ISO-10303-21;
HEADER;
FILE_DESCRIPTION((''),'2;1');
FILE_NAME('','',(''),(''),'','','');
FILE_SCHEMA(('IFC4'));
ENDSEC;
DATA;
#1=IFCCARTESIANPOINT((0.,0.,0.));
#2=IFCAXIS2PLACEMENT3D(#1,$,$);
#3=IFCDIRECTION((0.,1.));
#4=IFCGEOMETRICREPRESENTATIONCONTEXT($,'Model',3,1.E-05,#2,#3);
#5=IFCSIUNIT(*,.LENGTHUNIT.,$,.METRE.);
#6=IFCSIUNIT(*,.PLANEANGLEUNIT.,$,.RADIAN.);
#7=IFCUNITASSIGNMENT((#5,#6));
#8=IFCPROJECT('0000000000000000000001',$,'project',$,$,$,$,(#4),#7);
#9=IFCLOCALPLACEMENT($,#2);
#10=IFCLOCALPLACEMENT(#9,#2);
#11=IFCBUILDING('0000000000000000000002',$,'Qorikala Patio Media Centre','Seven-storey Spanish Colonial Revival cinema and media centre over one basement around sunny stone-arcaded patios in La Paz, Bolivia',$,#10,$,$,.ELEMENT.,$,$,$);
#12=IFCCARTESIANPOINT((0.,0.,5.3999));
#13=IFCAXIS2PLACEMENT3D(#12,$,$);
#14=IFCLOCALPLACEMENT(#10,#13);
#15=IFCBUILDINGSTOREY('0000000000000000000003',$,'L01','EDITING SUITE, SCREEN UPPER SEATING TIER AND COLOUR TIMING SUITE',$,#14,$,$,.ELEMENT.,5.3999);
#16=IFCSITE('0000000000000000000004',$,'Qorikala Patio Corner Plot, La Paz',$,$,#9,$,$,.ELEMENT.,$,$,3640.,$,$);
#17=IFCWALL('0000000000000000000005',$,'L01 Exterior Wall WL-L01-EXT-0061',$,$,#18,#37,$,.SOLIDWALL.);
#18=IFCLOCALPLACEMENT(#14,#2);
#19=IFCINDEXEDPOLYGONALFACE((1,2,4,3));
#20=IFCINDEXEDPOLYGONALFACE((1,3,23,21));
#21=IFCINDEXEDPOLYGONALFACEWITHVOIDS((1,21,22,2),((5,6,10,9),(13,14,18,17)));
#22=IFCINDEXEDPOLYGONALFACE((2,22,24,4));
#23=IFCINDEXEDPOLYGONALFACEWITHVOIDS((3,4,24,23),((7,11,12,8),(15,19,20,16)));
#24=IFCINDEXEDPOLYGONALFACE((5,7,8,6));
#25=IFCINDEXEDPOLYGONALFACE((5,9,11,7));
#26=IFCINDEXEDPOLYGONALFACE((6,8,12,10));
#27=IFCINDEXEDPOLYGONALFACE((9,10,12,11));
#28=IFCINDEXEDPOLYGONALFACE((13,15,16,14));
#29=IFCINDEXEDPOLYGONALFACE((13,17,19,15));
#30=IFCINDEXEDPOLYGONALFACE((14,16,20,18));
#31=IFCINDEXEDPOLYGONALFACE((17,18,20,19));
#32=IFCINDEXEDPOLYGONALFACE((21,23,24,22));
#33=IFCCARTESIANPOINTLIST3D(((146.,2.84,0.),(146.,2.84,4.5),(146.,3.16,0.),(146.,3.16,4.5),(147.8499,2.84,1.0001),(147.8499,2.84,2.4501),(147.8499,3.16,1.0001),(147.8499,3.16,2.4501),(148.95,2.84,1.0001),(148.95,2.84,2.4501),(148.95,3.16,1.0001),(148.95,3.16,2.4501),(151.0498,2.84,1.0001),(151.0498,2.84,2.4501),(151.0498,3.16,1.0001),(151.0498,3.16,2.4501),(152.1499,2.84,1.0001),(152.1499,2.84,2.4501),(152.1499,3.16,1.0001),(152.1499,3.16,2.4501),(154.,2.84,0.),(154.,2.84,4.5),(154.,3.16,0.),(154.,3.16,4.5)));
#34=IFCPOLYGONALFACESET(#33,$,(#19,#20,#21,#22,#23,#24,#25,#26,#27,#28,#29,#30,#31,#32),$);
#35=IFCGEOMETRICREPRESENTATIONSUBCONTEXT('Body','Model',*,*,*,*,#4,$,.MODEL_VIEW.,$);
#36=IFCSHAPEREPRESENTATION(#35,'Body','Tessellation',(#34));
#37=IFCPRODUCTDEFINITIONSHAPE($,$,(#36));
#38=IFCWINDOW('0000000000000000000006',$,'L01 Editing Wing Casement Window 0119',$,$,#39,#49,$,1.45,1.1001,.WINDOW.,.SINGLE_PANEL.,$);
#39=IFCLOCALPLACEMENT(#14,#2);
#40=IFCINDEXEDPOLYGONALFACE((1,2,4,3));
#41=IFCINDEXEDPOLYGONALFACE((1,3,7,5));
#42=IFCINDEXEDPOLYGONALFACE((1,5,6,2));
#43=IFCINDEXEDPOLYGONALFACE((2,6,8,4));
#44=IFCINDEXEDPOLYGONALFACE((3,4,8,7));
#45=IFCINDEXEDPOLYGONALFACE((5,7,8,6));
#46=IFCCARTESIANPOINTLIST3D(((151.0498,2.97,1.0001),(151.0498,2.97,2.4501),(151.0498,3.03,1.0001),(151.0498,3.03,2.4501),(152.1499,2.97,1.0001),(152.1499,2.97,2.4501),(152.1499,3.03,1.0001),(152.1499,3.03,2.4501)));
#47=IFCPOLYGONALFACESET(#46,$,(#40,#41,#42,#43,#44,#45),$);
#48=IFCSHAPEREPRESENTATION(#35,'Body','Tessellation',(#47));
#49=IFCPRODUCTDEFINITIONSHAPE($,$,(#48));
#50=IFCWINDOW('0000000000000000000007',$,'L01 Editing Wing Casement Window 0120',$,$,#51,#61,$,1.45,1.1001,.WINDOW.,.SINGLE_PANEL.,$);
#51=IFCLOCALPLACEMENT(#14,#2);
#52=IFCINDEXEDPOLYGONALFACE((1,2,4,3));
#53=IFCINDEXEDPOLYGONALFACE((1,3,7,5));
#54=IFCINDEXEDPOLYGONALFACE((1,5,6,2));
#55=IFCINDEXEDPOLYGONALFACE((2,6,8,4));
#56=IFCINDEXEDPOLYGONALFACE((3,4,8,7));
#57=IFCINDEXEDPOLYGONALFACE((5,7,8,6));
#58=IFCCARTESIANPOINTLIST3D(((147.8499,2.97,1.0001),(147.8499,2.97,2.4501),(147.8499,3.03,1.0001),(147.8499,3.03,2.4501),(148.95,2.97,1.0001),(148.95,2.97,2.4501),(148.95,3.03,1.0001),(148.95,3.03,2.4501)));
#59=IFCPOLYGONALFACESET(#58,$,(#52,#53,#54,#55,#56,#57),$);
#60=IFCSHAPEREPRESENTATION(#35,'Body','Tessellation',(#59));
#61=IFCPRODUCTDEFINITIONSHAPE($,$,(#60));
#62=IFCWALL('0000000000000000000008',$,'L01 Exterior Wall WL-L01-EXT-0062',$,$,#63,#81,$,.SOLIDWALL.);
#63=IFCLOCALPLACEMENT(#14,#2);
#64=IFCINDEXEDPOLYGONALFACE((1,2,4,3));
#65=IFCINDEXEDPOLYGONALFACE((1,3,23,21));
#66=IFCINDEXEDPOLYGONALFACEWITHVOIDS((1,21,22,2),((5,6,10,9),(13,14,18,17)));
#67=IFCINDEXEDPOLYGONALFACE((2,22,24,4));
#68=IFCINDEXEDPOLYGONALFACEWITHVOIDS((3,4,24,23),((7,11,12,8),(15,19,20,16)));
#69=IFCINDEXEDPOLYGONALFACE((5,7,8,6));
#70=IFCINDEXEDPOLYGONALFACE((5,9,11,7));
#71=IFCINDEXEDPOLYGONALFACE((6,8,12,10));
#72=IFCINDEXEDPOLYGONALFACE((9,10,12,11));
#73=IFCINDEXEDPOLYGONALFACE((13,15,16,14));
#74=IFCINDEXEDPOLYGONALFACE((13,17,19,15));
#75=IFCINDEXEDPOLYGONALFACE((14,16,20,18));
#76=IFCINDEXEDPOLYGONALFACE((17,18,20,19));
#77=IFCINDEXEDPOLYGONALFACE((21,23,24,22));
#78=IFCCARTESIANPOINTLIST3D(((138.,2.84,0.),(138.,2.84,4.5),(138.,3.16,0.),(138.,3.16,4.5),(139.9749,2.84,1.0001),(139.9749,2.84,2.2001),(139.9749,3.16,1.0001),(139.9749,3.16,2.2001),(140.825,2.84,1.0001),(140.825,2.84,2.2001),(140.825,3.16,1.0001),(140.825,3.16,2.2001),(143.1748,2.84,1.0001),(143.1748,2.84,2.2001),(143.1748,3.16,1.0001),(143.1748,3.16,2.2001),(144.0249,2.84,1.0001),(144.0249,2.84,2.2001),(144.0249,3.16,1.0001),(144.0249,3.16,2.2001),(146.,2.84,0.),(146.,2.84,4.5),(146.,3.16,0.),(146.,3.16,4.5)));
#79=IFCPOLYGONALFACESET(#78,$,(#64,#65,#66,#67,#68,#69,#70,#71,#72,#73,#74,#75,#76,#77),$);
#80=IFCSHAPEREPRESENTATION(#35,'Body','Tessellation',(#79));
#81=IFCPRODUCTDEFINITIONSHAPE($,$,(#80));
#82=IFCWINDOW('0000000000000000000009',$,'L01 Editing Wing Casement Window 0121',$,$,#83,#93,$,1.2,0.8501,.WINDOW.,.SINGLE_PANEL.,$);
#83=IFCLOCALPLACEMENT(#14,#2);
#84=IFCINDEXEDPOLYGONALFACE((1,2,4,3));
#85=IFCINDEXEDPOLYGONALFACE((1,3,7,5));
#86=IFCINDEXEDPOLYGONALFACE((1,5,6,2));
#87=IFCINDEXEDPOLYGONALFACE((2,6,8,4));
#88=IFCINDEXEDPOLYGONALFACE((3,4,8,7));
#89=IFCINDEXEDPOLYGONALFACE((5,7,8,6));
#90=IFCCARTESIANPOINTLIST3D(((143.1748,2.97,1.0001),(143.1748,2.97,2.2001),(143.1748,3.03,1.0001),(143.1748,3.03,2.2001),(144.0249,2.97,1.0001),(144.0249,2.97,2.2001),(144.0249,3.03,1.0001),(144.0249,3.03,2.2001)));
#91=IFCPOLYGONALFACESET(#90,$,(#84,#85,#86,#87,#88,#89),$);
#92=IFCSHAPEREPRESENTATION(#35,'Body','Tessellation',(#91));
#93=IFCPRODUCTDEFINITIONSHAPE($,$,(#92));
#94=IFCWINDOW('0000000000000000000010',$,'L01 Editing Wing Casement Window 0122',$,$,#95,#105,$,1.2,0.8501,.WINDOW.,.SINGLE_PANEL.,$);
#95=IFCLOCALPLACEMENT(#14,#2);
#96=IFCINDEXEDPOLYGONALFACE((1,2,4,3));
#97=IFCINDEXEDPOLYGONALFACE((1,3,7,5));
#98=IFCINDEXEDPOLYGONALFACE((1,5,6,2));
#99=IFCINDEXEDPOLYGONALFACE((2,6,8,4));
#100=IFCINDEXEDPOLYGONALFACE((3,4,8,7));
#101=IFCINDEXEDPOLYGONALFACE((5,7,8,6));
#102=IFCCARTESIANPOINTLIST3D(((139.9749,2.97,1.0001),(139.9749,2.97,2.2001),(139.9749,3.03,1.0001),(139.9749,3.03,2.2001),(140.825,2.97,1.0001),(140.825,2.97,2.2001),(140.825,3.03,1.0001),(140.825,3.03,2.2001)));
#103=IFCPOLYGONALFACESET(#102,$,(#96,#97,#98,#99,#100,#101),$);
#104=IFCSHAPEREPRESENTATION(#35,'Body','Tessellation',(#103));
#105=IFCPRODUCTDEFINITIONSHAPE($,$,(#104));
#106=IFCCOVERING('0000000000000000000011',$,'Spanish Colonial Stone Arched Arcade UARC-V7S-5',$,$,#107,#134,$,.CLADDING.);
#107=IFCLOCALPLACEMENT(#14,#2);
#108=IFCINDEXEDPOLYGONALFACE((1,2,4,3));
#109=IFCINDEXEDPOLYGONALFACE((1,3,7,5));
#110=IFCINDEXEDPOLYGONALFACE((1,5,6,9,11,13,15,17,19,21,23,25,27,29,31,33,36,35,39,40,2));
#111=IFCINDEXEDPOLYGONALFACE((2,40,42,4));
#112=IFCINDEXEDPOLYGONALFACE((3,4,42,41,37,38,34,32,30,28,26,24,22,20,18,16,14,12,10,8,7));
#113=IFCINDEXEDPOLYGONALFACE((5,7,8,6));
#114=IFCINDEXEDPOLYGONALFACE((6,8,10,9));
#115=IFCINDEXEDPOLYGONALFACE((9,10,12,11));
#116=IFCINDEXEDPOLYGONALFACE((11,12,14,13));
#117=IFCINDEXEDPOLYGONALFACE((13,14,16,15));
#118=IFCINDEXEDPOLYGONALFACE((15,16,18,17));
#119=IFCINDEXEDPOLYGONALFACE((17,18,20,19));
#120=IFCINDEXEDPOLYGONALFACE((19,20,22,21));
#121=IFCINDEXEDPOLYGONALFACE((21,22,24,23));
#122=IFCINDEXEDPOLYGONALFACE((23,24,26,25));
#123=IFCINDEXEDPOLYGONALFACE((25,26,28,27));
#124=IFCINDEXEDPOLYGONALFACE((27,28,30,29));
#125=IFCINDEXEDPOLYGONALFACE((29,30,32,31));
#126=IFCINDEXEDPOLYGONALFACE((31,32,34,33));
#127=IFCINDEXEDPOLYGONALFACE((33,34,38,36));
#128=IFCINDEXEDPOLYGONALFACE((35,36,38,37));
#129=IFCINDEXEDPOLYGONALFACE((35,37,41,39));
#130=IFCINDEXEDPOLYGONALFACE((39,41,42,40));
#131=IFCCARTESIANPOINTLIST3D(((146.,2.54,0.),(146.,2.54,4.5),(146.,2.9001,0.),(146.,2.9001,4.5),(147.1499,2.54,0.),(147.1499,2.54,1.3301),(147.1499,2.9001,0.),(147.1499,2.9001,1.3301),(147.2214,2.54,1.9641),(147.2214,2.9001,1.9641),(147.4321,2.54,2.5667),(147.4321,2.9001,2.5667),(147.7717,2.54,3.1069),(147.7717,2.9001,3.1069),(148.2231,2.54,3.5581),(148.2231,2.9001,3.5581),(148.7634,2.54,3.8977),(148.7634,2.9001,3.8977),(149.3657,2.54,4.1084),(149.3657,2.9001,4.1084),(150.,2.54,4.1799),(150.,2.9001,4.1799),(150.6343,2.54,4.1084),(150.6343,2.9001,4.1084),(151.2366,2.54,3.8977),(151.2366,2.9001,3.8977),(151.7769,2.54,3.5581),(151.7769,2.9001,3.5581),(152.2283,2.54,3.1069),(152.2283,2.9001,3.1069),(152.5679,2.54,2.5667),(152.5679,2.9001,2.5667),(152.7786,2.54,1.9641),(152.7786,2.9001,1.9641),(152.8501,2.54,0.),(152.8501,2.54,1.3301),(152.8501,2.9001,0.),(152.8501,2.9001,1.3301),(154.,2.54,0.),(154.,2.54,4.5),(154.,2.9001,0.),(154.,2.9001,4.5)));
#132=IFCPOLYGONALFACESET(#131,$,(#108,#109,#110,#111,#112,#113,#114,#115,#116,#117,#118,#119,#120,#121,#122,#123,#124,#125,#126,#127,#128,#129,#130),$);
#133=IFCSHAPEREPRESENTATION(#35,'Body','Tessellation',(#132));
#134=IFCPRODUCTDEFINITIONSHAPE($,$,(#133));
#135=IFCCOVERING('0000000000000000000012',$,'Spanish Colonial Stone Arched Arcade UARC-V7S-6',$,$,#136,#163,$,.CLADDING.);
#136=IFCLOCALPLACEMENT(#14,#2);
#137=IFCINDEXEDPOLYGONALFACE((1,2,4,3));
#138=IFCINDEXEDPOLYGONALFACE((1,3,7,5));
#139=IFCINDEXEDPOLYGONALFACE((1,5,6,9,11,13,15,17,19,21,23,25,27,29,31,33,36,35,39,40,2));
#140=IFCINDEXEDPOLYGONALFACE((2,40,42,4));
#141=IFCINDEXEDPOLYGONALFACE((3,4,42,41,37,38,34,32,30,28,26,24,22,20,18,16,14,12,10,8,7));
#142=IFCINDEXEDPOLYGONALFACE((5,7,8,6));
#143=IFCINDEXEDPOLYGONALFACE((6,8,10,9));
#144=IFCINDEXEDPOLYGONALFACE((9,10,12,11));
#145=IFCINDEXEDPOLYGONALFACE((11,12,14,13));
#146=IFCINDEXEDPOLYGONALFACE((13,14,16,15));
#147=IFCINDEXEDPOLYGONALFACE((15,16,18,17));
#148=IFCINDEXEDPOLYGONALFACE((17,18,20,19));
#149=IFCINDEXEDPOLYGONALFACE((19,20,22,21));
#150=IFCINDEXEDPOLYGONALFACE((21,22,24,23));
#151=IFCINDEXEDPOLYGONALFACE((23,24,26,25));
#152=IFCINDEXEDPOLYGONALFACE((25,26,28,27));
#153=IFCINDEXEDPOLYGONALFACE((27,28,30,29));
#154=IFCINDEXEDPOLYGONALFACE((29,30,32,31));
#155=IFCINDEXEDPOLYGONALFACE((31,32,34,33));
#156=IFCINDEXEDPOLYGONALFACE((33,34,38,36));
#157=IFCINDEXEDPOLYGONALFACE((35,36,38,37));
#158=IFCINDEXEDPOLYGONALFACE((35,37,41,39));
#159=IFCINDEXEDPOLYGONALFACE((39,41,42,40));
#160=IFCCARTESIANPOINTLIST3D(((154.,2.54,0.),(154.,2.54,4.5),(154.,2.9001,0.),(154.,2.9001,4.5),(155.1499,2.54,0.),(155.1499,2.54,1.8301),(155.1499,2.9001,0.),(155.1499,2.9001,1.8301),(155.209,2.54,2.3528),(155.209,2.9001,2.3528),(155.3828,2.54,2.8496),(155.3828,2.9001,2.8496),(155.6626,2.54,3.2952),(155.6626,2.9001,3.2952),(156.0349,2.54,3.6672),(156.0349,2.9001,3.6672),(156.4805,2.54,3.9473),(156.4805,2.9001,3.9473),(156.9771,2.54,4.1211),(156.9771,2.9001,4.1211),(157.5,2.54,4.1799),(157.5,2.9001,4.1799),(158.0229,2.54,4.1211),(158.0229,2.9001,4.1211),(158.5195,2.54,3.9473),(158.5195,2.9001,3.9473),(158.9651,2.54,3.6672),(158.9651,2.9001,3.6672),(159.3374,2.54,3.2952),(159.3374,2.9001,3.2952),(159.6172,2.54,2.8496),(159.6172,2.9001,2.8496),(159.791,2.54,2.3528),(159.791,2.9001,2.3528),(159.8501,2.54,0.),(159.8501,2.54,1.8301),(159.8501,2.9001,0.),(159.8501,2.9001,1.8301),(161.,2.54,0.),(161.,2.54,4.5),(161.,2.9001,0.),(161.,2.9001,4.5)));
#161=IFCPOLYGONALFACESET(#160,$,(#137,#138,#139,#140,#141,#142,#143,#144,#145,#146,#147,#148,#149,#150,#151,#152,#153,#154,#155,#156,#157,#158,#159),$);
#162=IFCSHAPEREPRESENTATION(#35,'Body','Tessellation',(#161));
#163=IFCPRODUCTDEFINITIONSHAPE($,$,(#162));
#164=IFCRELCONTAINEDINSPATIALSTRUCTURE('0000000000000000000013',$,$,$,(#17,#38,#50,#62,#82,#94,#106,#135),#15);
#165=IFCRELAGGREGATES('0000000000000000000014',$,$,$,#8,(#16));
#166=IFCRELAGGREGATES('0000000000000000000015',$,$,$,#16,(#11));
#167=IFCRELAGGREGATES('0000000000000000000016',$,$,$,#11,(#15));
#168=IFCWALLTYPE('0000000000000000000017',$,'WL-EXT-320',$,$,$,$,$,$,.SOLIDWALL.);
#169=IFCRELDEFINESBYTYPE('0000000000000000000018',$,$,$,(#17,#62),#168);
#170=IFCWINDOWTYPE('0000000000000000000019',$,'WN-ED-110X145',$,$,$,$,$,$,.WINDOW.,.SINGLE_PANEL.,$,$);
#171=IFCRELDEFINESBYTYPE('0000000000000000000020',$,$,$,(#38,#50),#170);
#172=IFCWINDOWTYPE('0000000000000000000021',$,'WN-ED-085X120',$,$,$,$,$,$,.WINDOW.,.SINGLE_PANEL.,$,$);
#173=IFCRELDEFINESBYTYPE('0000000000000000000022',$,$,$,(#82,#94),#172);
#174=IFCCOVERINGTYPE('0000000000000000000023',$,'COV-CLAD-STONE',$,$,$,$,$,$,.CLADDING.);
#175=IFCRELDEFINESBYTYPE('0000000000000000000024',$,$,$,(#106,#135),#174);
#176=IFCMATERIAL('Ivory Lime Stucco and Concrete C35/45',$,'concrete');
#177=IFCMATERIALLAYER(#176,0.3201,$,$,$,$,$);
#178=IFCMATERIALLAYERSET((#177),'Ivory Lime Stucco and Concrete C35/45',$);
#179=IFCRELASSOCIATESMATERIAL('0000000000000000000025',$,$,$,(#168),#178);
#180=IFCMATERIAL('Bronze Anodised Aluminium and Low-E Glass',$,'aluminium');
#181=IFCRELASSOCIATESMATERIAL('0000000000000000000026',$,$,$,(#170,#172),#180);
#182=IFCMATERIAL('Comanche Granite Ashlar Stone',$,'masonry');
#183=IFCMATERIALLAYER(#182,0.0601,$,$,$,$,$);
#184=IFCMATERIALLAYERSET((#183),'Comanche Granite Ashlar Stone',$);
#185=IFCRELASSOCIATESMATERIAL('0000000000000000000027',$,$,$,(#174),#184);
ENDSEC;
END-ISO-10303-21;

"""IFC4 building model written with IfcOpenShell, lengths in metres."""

from ifc_helpers import new_model, si_unit, direction, frame, frame_2d, origin, place, context, subcontext, project, spatial, polyline, rectangle, outline, extrude, material, layer, layer_set, type_object, element, fill, save


model = new_model("IFC4")

# Units and contexts
model_context = context("Model", 3, precision=1e-05, world=origin(), true_north=direction((0.0, 1.0)))
body_context = subcontext(model_context, "Body", "Model", "MODEL_VIEW")
ifc_project = project(units=[si_unit("LENGTHUNIT", "METRE"), si_unit("PLANEANGLEUNIT", "RADIAN")], contexts=[model_context])

# Site, building, storey
site_placement = place(None, origin())
site = spatial("IfcSite", under=ifc_project, at=site_placement, Name="Qorikala Patio Corner Plot, La Paz", CompositionType="ELEMENT", RefElevation=3640.0)
building_placement = place(site_placement, origin())
building = spatial("IfcBuilding", under=site, at=building_placement, Name="Qorikala Patio Media Centre", Description="Seven-storey Spanish Colonial Revival cinema and media centre over one basement around sunny stone-arcaded patios in La Paz, Bolivia", CompositionType="ELEMENT")
storey_placement = place(building_placement, frame((0.0, 0.0, 5.3999)))
storey = spatial("IfcBuildingStorey", under=building, at=storey_placement, Name="L01", Description="EDITING SUITE, SCREEN UPPER SEATING TIER AND COLOUR TIMING SUITE", CompositionType="ELEMENT", Elevation=5.3999)

# Walls, openings, windows
ifc_material_1 = material(Name="Ivory Lime Stucco and Concrete C35/45", Category="concrete")
ifc_layer_1 = layer(ifc_material_1, 0.3201)
ifc_layer_set_1 = layer_set([ifc_layer_1], Name="Ivory Lime Stucco and Concrete C35/45")
wall_type = type_object("IfcWallType", Name="WL-EXT-320", PredefinedType="SOLIDWALL", material=ifc_layer_set_1)
wall_1_placement = place(storey_placement, frame((154.0, 3.0, 0.0), z_axis=(0.0, 0.0, 1.0), x_axis=(-1.0, 0.0, 0.0)))
wall_1 = element("IfcWall", 1, at=wall_1_placement, inside=storey, type_object=wall_type, Name="L01 Exterior Wall WL-L01-EXT-0061", PredefinedType="SOLIDWALL", context=body_context, shape_type="SweptSolid", body=[
    extrude(rectangle(XDim=8.0, YDim=0.3201, at=frame_2d((4.0, 0.0))), origin(), (0.0, 0.0, 1.0), 4.5),
])
opening_1_placement = place(wall_1_placement, frame((1.8501, 0.0, 1.0)))
opening_1 = element("IfcOpeningElement", 2, at=opening_1_placement, cuts=wall_1, PredefinedType="OPENING", context=body_context, shape_type="SweptSolid", body=[
    extrude(rectangle(XDim=1.1001, YDim=1.45, at=frame_2d((0.55, 0.7251))), frame((0.0, 0.1699, 0.0), z_axis=(0.0, -1.0, 0.0), x_axis=(1.0, 0.0, 0.0)), (0.0, 0.0, 1.0), 0.3401),
])
opening_2_placement = place(wall_1_placement, frame((5.05, 0.0, 1.0)))
opening_2 = element("IfcOpeningElement", 3, at=opening_2_placement, cuts=wall_1, PredefinedType="OPENING", context=body_context, shape_type="SweptSolid", body=[
    extrude(rectangle(XDim=1.1001, YDim=1.45, at=frame_2d((0.55, 0.7251))), frame((0.0, 0.1699, 0.0), z_axis=(0.0, -1.0, 0.0), x_axis=(1.0, 0.0, 0.0)), (0.0, 0.0, 1.0), 0.3401),
])
ifc_material_2 = material(Name="Bronze Anodised Aluminium and Low-E Glass", Category="aluminium")
window_type_1 = type_object("IfcWindowType", Name="WN-ED-110X145", PartitioningType="SINGLE_PANEL", PredefinedType="WINDOW", material=ifc_material_2)
window_1_placement = place(opening_1_placement, origin())
window_1 = element("IfcWindow", 4, at=window_1_placement, inside=storey, type_object=window_type_1, Name="L01 Editing Wing Casement Window 0119", OverallHeight=1.45, OverallWidth=1.1001, PartitioningType="SINGLE_PANEL", PredefinedType="WINDOW", context=body_context, shape_type="SweptSolid", body=[
    extrude(rectangle(XDim=1.1001, YDim=1.45, at=frame_2d((0.55, 0.7251))), frame((0.0, 0.03, 0.0), z_axis=(0.0, -1.0, 0.0), x_axis=(1.0, 0.0, 0.0)), (0.0, 0.0, 1.0), 0.0601),
])
fill(opening_1, window_1)
window_2_placement = place(opening_2_placement, origin())
window_2 = element("IfcWindow", 5, at=window_2_placement, inside=storey, type_object=window_type_1, Name="L01 Editing Wing Casement Window 0120", OverallHeight=1.45, OverallWidth=1.1001, PartitioningType="SINGLE_PANEL", PredefinedType="WINDOW", context=body_context, shape_type="SweptSolid", body=[
    extrude(rectangle(XDim=1.1001, YDim=1.45, at=frame_2d((0.55, 0.7251))), frame((0.0, 0.03, 0.0), z_axis=(0.0, -1.0, 0.0), x_axis=(1.0, 0.0, 0.0)), (0.0, 0.0, 1.0), 0.0601),
])
fill(opening_2, window_2)
wall_2_placement = place(storey_placement, frame((146.0, 3.0, 0.0), z_axis=(0.0, 0.0, 1.0), x_axis=(-1.0, 0.0, 0.0)))
wall_2 = element("IfcWall", 6, at=wall_2_placement, inside=storey, type_object=wall_type, Name="L01 Exterior Wall WL-L01-EXT-0062", PredefinedType="SOLIDWALL", context=body_context, shape_type="SweptSolid", body=[
    extrude(rectangle(XDim=8.0, YDim=0.3201, at=frame_2d((4.0, 0.0))), origin(), (0.0, 0.0, 1.0), 4.5),
])
opening_3_placement = place(wall_2_placement, frame((1.9751, 0.0, 1.0)))
opening_3 = element("IfcOpeningElement", 7, at=opening_3_placement, cuts=wall_2, PredefinedType="OPENING", context=body_context, shape_type="SweptSolid", body=[
    extrude(rectangle(XDim=0.8501, YDim=1.2, at=frame_2d((0.425, 0.6001))), frame((0.0, 0.1699, 0.0), z_axis=(0.0, -1.0, 0.0), x_axis=(1.0, 0.0, 0.0)), (0.0, 0.0, 1.0), 0.3401),
])
opening_4_placement = place(wall_2_placement, frame((5.175, 0.0, 1.0)))
opening_4 = element("IfcOpeningElement", 8, at=opening_4_placement, cuts=wall_2, PredefinedType="OPENING", context=body_context, shape_type="SweptSolid", body=[
    extrude(rectangle(XDim=0.8501, YDim=1.2, at=frame_2d((0.425, 0.6001))), frame((0.0, 0.1699, 0.0), z_axis=(0.0, -1.0, 0.0), x_axis=(1.0, 0.0, 0.0)), (0.0, 0.0, 1.0), 0.3401),
])
window_type_2 = type_object("IfcWindowType", Name="WN-ED-085X120", PartitioningType="SINGLE_PANEL", PredefinedType="WINDOW", material=ifc_material_2)
window_3_placement = place(opening_3_placement, origin())
window_3 = element("IfcWindow", 9, at=window_3_placement, inside=storey, type_object=window_type_2, Name="L01 Editing Wing Casement Window 0121", OverallHeight=1.2, OverallWidth=0.8501, PartitioningType="SINGLE_PANEL", PredefinedType="WINDOW", context=body_context, shape_type="SweptSolid", body=[
    extrude(rectangle(XDim=0.8501, YDim=1.2, at=frame_2d((0.425, 0.6001))), frame((0.0, 0.03, 0.0), z_axis=(0.0, -1.0, 0.0), x_axis=(1.0, 0.0, 0.0)), (0.0, 0.0, 1.0), 0.0601),
])
fill(opening_3, window_3)
window_4_placement = place(opening_4_placement, origin())
window_4 = element("IfcWindow", 10, at=window_4_placement, inside=storey, type_object=window_type_2, Name="L01 Editing Wing Casement Window 0122", OverallHeight=1.2, OverallWidth=0.8501, PartitioningType="SINGLE_PANEL", PredefinedType="WINDOW", context=body_context, shape_type="SweptSolid", body=[
    extrude(rectangle(XDim=0.8501, YDim=1.2, at=frame_2d((0.425, 0.6001))), frame((0.0, 0.03, 0.0), z_axis=(0.0, -1.0, 0.0), x_axis=(1.0, 0.0, 0.0)), (0.0, 0.0, 1.0), 0.0601),
])
fill(opening_4, window_4)

# Coverings
ifc_material_3 = material(Name="Comanche Granite Ashlar Stone", Category="masonry")
ifc_layer_2 = layer(ifc_material_3, 0.0601)
ifc_layer_set_2 = layer_set([ifc_layer_2], Name="Comanche Granite Ashlar Stone")
covering_type = type_object("IfcCoveringType", Name="COV-CLAD-STONE", PredefinedType="CLADDING", material=ifc_layer_set_2)
covering_1_placement = place(storey_placement, frame((146.0, 2.72, 0.0), z_axis=(0.0, 0.0, 1.0), x_axis=(1.0, 0.0, 0.0)))
element("IfcCovering", 11, at=covering_1_placement, inside=storey, type_object=covering_type, Name="Spanish Colonial Stone Arched Arcade UARC-V7S-5", PredefinedType="CLADDING", context=body_context, shape_type="SweptSolid", body=[
    extrude(outline(polyline([(0.0, 0.0), (1.1499, 0.0), (1.1499, 1.3301), (1.2214, 1.9641), (1.4321, 2.5667), (1.7717, 3.1069), (2.2231, 3.5581), (2.7634, 3.8977), (3.3657, 4.1084), (4.0, 4.1799), (4.6343, 4.1084), (5.2366, 3.8977), (5.7769, 3.5581), (6.2283, 3.1069), (6.5679, 2.5667), (6.7786, 1.9641), (6.8501, 1.3301), (6.8501, 0.0), (8.0, 0.0), (8.0, 4.5), (0.0, 4.5), (0.0, 0.0)])), frame((0.0, 0.1802, 0.0), z_axis=(0.0, -1.0, 0.0), x_axis=(1.0, 0.0, 0.0)), (0.0, 0.0, 1.0), 0.3601),
])
covering_2_placement = place(storey_placement, frame((154.0, 2.72, 0.0), z_axis=(0.0, 0.0, 1.0), x_axis=(1.0, 0.0, 0.0)))
element("IfcCovering", 12, at=covering_2_placement, inside=storey, type_object=covering_type, Name="Spanish Colonial Stone Arched Arcade UARC-V7S-6", PredefinedType="CLADDING", context=body_context, shape_type="SweptSolid", body=[
    extrude(outline(polyline([(0.0, 0.0), (1.1499, 0.0), (1.1499, 1.8301), (1.209, 2.3528), (1.3828, 2.8496), (1.6626, 3.2952), (2.0349, 3.6672), (2.4805, 3.9473), (2.9771, 4.1211), (3.5, 4.1799), (4.0229, 4.1211), (4.5195, 3.9473), (4.9651, 3.6672), (5.3374, 3.2952), (5.6172, 2.8496), (5.791, 2.3528), (5.8501, 1.8301), (5.8501, 0.0), (7.0, 0.0), (7.0, 4.5), (0.0, 4.5), (0.0, 0.0)])), frame((0.0, 0.1802, 0.0), z_axis=(0.0, -1.0, 0.0), x_axis=(1.0, 0.0, 0.0)), (0.0, 0.0, 1.0), 0.3601),
])

save(model, "model.ifc")
